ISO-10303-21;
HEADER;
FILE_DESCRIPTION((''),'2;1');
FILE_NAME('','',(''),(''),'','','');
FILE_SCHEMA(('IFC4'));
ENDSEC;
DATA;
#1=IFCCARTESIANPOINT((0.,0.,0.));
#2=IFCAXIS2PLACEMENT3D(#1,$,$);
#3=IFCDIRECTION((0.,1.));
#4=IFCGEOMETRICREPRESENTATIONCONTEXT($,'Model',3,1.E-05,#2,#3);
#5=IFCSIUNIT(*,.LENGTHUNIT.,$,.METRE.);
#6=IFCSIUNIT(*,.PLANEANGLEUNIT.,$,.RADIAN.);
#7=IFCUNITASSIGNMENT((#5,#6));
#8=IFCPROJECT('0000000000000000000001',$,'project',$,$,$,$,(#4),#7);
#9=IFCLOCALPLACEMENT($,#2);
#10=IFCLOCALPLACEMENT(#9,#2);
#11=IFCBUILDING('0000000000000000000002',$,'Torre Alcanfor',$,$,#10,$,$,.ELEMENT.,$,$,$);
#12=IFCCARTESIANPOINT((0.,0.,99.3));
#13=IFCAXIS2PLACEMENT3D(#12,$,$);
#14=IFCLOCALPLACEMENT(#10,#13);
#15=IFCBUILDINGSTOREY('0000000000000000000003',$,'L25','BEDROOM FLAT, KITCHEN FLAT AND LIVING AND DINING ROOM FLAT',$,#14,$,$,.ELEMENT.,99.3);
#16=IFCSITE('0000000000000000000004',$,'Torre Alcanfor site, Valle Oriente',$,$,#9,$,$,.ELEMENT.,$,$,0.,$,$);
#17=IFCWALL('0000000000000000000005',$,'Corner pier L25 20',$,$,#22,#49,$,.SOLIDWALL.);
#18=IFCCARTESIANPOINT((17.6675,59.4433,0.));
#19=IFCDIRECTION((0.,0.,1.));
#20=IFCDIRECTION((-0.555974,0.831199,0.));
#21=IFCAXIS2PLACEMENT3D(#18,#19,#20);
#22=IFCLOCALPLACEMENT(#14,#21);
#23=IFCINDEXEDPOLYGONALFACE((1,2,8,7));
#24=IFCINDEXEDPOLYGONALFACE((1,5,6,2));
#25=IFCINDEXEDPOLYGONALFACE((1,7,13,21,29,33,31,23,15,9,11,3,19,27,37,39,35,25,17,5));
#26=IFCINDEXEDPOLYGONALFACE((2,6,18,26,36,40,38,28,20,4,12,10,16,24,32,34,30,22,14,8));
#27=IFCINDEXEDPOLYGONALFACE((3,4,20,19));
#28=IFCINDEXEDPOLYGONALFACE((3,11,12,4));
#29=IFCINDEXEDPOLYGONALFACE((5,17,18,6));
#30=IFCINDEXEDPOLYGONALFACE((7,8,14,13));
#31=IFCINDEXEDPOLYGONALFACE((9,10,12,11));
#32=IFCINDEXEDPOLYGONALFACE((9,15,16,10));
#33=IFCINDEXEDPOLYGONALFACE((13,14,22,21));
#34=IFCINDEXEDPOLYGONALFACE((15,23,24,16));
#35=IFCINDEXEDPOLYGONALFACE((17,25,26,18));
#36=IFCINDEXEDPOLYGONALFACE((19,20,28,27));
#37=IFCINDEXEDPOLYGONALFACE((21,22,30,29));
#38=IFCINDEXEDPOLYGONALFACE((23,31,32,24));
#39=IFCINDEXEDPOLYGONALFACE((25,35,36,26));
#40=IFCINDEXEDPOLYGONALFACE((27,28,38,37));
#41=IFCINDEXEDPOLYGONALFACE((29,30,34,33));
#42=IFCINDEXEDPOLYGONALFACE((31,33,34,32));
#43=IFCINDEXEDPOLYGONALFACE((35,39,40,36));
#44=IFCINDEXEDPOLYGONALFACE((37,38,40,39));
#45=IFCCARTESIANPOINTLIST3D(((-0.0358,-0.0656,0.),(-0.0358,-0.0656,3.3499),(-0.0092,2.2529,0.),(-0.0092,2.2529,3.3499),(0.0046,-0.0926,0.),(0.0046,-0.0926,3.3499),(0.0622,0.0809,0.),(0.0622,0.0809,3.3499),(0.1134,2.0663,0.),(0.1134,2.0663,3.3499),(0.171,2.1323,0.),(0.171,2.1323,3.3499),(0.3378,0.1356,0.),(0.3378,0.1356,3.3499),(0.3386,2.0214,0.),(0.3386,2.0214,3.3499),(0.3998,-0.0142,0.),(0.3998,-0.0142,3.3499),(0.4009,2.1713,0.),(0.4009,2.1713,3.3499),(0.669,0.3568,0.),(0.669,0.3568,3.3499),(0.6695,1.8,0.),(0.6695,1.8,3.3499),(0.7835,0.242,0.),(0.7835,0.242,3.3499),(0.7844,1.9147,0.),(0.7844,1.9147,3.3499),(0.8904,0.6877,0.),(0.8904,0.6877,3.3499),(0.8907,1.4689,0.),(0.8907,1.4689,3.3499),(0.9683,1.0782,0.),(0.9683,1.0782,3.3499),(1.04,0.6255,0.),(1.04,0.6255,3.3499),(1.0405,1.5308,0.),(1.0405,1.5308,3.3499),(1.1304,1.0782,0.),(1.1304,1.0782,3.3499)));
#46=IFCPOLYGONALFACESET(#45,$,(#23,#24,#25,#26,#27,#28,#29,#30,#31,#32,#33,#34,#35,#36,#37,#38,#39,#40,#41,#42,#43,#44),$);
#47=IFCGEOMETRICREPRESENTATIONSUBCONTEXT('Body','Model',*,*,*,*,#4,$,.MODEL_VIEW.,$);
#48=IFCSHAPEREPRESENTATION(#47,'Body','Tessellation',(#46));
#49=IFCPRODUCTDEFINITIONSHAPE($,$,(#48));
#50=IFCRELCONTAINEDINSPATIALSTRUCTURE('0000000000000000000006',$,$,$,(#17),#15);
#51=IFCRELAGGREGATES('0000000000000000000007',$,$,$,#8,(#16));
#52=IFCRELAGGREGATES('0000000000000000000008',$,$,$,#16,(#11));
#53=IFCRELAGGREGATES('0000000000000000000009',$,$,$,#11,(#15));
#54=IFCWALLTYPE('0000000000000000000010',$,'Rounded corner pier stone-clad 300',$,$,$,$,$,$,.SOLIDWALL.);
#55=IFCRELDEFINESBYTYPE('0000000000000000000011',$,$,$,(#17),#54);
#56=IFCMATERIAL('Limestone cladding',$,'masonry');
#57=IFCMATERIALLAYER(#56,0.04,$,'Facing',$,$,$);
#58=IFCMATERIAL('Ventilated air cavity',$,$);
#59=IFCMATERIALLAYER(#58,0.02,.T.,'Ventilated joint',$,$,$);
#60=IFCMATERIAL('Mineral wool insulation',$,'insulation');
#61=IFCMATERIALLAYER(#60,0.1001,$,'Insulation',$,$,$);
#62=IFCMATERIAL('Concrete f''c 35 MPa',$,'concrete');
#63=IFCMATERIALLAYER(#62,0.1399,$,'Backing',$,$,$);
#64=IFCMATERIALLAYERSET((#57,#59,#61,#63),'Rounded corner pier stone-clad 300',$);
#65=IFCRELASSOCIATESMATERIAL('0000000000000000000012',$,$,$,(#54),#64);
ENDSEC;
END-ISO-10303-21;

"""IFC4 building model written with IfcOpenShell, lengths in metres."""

from ifc_helpers import new_model, si_unit, direction, frame, origin, place, context, subcontext, project, spatial, polyline, outline, extrude, material, layer, layer_set, type_object, element, save


model = new_model("IFC4")

# Units and contexts
model_context = context("Model", 3, precision=1e-05, world=origin(), true_north=direction((0.0, 1.0)))
body_context = subcontext(model_context, "Body", "Model", "MODEL_VIEW")
ifc_project = project(units=[si_unit("LENGTHUNIT", "METRE"), si_unit("PLANEANGLEUNIT", "RADIAN")], contexts=[model_context])

# Site, building, storey
site_placement = place(None, origin())
site = spatial("IfcSite", under=ifc_project, at=site_placement, Name="Torre Alcanfor site, Valle Oriente", CompositionType="ELEMENT", RefElevation=0.0)
building_placement = place(site_placement, origin())
building = spatial("IfcBuilding", under=site, at=building_placement, Name="Torre Alcanfor", CompositionType="ELEMENT")
storey_placement = place(building_placement, frame((0.0, 0.0, 99.3)))
storey = spatial("IfcBuildingStorey", under=building, at=storey_placement, Name="L25", Description="BEDROOM FLAT, KITCHEN FLAT AND LIVING AND DINING ROOM FLAT", CompositionType="ELEMENT", Elevation=99.3)

# Wall
ifc_material_1 = material(Name="Limestone cladding", Category="masonry")
ifc_layer_1 = layer(ifc_material_1, 0.04, Name="Facing")
ifc_material_2 = material(Name="Ventilated air cavity")
ifc_layer_2 = layer(ifc_material_2, 0.02, ventilated=True, Name="Ventilated joint")
ifc_material_3 = material(Name="Mineral wool insulation", Category="insulation")
ifc_layer_3 = layer(ifc_material_3, 0.1001, Name="Insulation")
ifc_material_4 = material(Name="Concrete f'c 35 MPa", Category="concrete")
ifc_layer_4 = layer(ifc_material_4, 0.1399, Name="Backing")
ifc_layer_set_1 = layer_set([ifc_layer_1, ifc_layer_2, ifc_layer_3, ifc_layer_4], Name="Rounded corner pier stone-clad 300")
wall_type_1 = type_object("IfcWallType", Name="Rounded corner pier stone-clad 300", PredefinedType="SOLIDWALL", material=ifc_layer_set_1)
wall_1_placement = place(storey_placement, frame((17.6675, 59.4433, 0.0), z_axis=(0.0, 0.0, 1.0), x_axis=(-0.555974, 0.831199, 0.0)))
element("IfcWall", 1, at=wall_1_placement, inside=storey, type_object=wall_type_1, Name="Corner pier L25 20", PredefinedType="SOLIDWALL", context=body_context, shape_type="SweptSolid", body=[
    extrude(outline(polyline([(0.0046, -0.0926), (0.3998, -0.0142), (0.7835, 0.242), (1.04, 0.6255), (1.1304, 1.0782), (1.0405, 1.5308), (0.7844, 1.9147), (0.4009, 2.1713), (-0.0092, 2.2529), (0.171, 2.1323), (0.1134, 2.0663), (0.3386, 2.0214), (0.6695, 1.8), (0.8907, 1.4689), (0.9683, 1.0782), (0.8904, 0.6877), (0.669, 0.3568), (0.3378, 0.1356), (0.0622, 0.0809), (-0.0358, -0.0656), (0.0046, -0.0926)])), origin(), (0.0, 0.0, 1.0), 3.3499),
])

save(model, "model.ifc")
